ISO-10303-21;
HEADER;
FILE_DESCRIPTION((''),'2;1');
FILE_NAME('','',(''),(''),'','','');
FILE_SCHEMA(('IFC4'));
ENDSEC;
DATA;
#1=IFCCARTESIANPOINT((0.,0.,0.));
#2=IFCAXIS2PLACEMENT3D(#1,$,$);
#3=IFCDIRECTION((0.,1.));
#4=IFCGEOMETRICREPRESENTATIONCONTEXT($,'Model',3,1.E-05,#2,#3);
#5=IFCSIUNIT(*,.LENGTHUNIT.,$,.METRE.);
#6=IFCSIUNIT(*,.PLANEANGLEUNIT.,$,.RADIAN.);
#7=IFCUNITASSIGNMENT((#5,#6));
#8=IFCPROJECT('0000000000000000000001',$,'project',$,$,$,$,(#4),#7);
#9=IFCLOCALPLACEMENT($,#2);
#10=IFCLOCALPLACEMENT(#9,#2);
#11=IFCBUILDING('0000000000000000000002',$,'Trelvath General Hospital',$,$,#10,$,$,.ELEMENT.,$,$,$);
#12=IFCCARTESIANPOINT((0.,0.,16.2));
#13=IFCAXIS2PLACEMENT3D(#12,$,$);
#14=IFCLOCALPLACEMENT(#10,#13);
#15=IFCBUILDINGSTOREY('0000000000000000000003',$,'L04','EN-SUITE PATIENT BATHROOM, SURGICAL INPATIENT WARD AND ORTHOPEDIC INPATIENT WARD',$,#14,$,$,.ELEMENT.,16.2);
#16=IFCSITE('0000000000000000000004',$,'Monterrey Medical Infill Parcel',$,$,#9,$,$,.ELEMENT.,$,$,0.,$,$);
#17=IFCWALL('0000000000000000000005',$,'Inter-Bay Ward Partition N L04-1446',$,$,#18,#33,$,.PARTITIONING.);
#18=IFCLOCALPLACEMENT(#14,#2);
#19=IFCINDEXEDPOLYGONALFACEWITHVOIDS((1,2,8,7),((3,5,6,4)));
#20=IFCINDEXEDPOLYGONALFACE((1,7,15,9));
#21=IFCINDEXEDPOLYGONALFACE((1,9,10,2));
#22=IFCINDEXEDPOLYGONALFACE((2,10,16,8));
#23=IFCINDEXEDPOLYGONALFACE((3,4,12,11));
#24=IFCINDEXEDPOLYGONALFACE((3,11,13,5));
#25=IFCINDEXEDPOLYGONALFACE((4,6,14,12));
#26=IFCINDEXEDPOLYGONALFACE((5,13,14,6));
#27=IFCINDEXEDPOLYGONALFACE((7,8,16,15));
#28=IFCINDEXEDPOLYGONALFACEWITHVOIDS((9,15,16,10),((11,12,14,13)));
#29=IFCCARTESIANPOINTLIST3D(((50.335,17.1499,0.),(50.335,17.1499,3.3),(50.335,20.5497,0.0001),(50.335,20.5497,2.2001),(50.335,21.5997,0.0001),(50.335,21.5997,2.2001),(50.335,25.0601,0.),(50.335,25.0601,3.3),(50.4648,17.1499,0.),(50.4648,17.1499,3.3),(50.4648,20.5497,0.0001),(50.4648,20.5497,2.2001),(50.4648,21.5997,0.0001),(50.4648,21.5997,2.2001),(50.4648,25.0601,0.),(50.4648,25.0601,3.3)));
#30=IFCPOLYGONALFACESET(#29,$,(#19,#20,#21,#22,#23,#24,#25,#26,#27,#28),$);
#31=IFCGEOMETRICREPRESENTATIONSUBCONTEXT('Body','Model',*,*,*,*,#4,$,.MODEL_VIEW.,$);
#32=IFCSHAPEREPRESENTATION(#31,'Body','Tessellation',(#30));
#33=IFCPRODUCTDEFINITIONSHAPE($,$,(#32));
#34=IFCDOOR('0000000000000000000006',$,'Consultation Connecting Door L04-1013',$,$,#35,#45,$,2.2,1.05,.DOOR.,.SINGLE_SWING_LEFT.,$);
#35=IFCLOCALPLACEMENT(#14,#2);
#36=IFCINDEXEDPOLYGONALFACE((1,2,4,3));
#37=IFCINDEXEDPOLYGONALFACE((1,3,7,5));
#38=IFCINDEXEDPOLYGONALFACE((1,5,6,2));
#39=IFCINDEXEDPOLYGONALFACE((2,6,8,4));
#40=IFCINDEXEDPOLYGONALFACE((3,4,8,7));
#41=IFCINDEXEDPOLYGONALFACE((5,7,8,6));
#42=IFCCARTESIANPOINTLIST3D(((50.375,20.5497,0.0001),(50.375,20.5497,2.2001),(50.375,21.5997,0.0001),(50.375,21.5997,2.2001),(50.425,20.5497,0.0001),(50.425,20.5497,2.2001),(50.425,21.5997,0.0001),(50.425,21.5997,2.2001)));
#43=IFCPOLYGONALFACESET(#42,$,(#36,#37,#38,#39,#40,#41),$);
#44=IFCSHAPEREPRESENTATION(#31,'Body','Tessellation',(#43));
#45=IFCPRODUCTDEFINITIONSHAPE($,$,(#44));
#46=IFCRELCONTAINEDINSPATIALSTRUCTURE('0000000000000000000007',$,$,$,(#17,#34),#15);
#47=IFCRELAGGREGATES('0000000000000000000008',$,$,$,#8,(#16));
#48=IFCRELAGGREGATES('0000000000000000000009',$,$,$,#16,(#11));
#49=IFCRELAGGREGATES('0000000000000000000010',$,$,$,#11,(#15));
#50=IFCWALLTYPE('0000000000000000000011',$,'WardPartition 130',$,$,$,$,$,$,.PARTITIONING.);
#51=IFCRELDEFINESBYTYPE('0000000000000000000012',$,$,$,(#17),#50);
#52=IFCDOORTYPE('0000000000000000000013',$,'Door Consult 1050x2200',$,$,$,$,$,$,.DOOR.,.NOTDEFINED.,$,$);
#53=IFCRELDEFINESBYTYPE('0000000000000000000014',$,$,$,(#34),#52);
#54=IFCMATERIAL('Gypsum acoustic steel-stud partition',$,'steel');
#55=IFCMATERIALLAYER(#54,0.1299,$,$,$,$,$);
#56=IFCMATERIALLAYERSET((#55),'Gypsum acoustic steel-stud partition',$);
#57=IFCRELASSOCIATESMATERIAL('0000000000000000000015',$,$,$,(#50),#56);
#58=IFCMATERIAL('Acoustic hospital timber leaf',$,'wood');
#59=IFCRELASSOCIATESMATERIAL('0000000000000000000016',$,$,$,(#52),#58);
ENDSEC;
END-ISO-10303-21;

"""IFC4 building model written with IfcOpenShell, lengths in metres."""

from ifc_helpers import new_model, si_unit, direction, frame, frame_2d, origin, place, context, subcontext, project, spatial, rectangle, extrude, material, layer, layer_set, type_object, element, fill, save


model = new_model("IFC4")

# Units and contexts
model_context = context("Model", 3, precision=1e-05, world=origin(), true_north=direction((0.0, 1.0)))
body_context = subcontext(model_context, "Body", "Model", "MODEL_VIEW")
ifc_project = project(units=[si_unit("LENGTHUNIT", "METRE"), si_unit("PLANEANGLEUNIT", "RADIAN")], contexts=[model_context])

# Site, building, storey
site_placement = place(None, origin())
site = spatial("IfcSite", under=ifc_project, at=site_placement, Name="Monterrey Medical Infill Parcel", CompositionType="ELEMENT", RefElevation=0.0)
building_placement = place(site_placement, origin())
building = spatial("IfcBuilding", under=site, at=building_placement, Name="Trelvath General Hospital", CompositionType="ELEMENT")
storey_placement = place(building_placement, frame((0.0, 0.0, 16.2)))
storey = spatial("IfcBuildingStorey", under=building, at=storey_placement, Name="L04", Description="EN-SUITE PATIENT BATHROOM, SURGICAL INPATIENT WARD AND ORTHOPEDIC INPATIENT WARD", CompositionType="ELEMENT", Elevation=16.2)

# Shared definitions
ifc_material_1 = material(Name="Gypsum acoustic steel-stud partition", Category="steel")
ifc_layer_1 = layer(ifc_material_1, 0.1299)
ifc_layer_set_1 = layer_set([ifc_layer_1], Name="Gypsum acoustic steel-stud partition")
wall_type_1 = type_object("IfcWallType", Name="WardPartition 130", PredefinedType="PARTITIONING", material=ifc_layer_set_1)

# Wall, opening, door
ifc_material_2 = material(Name="Acoustic hospital timber leaf", Category="wood")
door_type_1 = type_object("IfcDoorType", Name="Door Consult 1050x2200", OperationType="NOTDEFINED", PredefinedType="DOOR", material=ifc_material_2)
wall_1_placement = place(storey_placement, frame((50.3999, 17.1499, 0.0), z_axis=(0.0, 0.0, 1.0), x_axis=(0.0, 1.0, 0.0)))
wall_1 = element("IfcWall", 1, at=wall_1_placement, inside=storey, type_object=wall_type_1, Name="Inter-Bay Ward Partition N L04-1446", PredefinedType="PARTITIONING", context=body_context, shape_type="SweptSolid", body=[
    extrude(rectangle(XDim=7.9102, YDim=0.1299, at=frame_2d((3.9551, 0.0))), origin(), (0.0, 0.0, 1.0), 3.3),
])
opening_1_placement = place(wall_1_placement, frame((3.3999, 0.0, 0.0)))
opening_1 = element("IfcOpeningElement", 2, at=opening_1_placement, cuts=wall_1, PredefinedType="OPENING", context=body_context, shape_type="SweptSolid", body=[
    extrude(rectangle(XDim=1.05, YDim=2.2, at=frame_2d((0.5249, 1.1001))), frame((0.0, 0.075, 0.0), z_axis=(0.0, -1.0, 0.0), x_axis=(1.0, 0.0, 0.0)), (0.0, 0.0, 1.0), 0.1499),
])
door_1_placement = place(opening_1_placement, origin())
door_1 = element("IfcDoor", 3, at=door_1_placement, inside=storey, type_object=door_type_1, Name="Consultation Connecting Door L04-1013", OperationType="SINGLE_SWING_LEFT", OverallHeight=2.2, OverallWidth=1.05, PredefinedType="DOOR", context=body_context, shape_type="SweptSolid", body=[
    extrude(rectangle(XDim=1.05, YDim=2.2, at=frame_2d((0.5249, 1.1001))), frame((0.0, 0.0249, 0.0), z_axis=(0.0, -1.0, 0.0), x_axis=(1.0, 0.0, 0.0)), (0.0, 0.0, 1.0), 0.05),
])
fill(opening_1, door_1)

save(model, "model.ifc")
